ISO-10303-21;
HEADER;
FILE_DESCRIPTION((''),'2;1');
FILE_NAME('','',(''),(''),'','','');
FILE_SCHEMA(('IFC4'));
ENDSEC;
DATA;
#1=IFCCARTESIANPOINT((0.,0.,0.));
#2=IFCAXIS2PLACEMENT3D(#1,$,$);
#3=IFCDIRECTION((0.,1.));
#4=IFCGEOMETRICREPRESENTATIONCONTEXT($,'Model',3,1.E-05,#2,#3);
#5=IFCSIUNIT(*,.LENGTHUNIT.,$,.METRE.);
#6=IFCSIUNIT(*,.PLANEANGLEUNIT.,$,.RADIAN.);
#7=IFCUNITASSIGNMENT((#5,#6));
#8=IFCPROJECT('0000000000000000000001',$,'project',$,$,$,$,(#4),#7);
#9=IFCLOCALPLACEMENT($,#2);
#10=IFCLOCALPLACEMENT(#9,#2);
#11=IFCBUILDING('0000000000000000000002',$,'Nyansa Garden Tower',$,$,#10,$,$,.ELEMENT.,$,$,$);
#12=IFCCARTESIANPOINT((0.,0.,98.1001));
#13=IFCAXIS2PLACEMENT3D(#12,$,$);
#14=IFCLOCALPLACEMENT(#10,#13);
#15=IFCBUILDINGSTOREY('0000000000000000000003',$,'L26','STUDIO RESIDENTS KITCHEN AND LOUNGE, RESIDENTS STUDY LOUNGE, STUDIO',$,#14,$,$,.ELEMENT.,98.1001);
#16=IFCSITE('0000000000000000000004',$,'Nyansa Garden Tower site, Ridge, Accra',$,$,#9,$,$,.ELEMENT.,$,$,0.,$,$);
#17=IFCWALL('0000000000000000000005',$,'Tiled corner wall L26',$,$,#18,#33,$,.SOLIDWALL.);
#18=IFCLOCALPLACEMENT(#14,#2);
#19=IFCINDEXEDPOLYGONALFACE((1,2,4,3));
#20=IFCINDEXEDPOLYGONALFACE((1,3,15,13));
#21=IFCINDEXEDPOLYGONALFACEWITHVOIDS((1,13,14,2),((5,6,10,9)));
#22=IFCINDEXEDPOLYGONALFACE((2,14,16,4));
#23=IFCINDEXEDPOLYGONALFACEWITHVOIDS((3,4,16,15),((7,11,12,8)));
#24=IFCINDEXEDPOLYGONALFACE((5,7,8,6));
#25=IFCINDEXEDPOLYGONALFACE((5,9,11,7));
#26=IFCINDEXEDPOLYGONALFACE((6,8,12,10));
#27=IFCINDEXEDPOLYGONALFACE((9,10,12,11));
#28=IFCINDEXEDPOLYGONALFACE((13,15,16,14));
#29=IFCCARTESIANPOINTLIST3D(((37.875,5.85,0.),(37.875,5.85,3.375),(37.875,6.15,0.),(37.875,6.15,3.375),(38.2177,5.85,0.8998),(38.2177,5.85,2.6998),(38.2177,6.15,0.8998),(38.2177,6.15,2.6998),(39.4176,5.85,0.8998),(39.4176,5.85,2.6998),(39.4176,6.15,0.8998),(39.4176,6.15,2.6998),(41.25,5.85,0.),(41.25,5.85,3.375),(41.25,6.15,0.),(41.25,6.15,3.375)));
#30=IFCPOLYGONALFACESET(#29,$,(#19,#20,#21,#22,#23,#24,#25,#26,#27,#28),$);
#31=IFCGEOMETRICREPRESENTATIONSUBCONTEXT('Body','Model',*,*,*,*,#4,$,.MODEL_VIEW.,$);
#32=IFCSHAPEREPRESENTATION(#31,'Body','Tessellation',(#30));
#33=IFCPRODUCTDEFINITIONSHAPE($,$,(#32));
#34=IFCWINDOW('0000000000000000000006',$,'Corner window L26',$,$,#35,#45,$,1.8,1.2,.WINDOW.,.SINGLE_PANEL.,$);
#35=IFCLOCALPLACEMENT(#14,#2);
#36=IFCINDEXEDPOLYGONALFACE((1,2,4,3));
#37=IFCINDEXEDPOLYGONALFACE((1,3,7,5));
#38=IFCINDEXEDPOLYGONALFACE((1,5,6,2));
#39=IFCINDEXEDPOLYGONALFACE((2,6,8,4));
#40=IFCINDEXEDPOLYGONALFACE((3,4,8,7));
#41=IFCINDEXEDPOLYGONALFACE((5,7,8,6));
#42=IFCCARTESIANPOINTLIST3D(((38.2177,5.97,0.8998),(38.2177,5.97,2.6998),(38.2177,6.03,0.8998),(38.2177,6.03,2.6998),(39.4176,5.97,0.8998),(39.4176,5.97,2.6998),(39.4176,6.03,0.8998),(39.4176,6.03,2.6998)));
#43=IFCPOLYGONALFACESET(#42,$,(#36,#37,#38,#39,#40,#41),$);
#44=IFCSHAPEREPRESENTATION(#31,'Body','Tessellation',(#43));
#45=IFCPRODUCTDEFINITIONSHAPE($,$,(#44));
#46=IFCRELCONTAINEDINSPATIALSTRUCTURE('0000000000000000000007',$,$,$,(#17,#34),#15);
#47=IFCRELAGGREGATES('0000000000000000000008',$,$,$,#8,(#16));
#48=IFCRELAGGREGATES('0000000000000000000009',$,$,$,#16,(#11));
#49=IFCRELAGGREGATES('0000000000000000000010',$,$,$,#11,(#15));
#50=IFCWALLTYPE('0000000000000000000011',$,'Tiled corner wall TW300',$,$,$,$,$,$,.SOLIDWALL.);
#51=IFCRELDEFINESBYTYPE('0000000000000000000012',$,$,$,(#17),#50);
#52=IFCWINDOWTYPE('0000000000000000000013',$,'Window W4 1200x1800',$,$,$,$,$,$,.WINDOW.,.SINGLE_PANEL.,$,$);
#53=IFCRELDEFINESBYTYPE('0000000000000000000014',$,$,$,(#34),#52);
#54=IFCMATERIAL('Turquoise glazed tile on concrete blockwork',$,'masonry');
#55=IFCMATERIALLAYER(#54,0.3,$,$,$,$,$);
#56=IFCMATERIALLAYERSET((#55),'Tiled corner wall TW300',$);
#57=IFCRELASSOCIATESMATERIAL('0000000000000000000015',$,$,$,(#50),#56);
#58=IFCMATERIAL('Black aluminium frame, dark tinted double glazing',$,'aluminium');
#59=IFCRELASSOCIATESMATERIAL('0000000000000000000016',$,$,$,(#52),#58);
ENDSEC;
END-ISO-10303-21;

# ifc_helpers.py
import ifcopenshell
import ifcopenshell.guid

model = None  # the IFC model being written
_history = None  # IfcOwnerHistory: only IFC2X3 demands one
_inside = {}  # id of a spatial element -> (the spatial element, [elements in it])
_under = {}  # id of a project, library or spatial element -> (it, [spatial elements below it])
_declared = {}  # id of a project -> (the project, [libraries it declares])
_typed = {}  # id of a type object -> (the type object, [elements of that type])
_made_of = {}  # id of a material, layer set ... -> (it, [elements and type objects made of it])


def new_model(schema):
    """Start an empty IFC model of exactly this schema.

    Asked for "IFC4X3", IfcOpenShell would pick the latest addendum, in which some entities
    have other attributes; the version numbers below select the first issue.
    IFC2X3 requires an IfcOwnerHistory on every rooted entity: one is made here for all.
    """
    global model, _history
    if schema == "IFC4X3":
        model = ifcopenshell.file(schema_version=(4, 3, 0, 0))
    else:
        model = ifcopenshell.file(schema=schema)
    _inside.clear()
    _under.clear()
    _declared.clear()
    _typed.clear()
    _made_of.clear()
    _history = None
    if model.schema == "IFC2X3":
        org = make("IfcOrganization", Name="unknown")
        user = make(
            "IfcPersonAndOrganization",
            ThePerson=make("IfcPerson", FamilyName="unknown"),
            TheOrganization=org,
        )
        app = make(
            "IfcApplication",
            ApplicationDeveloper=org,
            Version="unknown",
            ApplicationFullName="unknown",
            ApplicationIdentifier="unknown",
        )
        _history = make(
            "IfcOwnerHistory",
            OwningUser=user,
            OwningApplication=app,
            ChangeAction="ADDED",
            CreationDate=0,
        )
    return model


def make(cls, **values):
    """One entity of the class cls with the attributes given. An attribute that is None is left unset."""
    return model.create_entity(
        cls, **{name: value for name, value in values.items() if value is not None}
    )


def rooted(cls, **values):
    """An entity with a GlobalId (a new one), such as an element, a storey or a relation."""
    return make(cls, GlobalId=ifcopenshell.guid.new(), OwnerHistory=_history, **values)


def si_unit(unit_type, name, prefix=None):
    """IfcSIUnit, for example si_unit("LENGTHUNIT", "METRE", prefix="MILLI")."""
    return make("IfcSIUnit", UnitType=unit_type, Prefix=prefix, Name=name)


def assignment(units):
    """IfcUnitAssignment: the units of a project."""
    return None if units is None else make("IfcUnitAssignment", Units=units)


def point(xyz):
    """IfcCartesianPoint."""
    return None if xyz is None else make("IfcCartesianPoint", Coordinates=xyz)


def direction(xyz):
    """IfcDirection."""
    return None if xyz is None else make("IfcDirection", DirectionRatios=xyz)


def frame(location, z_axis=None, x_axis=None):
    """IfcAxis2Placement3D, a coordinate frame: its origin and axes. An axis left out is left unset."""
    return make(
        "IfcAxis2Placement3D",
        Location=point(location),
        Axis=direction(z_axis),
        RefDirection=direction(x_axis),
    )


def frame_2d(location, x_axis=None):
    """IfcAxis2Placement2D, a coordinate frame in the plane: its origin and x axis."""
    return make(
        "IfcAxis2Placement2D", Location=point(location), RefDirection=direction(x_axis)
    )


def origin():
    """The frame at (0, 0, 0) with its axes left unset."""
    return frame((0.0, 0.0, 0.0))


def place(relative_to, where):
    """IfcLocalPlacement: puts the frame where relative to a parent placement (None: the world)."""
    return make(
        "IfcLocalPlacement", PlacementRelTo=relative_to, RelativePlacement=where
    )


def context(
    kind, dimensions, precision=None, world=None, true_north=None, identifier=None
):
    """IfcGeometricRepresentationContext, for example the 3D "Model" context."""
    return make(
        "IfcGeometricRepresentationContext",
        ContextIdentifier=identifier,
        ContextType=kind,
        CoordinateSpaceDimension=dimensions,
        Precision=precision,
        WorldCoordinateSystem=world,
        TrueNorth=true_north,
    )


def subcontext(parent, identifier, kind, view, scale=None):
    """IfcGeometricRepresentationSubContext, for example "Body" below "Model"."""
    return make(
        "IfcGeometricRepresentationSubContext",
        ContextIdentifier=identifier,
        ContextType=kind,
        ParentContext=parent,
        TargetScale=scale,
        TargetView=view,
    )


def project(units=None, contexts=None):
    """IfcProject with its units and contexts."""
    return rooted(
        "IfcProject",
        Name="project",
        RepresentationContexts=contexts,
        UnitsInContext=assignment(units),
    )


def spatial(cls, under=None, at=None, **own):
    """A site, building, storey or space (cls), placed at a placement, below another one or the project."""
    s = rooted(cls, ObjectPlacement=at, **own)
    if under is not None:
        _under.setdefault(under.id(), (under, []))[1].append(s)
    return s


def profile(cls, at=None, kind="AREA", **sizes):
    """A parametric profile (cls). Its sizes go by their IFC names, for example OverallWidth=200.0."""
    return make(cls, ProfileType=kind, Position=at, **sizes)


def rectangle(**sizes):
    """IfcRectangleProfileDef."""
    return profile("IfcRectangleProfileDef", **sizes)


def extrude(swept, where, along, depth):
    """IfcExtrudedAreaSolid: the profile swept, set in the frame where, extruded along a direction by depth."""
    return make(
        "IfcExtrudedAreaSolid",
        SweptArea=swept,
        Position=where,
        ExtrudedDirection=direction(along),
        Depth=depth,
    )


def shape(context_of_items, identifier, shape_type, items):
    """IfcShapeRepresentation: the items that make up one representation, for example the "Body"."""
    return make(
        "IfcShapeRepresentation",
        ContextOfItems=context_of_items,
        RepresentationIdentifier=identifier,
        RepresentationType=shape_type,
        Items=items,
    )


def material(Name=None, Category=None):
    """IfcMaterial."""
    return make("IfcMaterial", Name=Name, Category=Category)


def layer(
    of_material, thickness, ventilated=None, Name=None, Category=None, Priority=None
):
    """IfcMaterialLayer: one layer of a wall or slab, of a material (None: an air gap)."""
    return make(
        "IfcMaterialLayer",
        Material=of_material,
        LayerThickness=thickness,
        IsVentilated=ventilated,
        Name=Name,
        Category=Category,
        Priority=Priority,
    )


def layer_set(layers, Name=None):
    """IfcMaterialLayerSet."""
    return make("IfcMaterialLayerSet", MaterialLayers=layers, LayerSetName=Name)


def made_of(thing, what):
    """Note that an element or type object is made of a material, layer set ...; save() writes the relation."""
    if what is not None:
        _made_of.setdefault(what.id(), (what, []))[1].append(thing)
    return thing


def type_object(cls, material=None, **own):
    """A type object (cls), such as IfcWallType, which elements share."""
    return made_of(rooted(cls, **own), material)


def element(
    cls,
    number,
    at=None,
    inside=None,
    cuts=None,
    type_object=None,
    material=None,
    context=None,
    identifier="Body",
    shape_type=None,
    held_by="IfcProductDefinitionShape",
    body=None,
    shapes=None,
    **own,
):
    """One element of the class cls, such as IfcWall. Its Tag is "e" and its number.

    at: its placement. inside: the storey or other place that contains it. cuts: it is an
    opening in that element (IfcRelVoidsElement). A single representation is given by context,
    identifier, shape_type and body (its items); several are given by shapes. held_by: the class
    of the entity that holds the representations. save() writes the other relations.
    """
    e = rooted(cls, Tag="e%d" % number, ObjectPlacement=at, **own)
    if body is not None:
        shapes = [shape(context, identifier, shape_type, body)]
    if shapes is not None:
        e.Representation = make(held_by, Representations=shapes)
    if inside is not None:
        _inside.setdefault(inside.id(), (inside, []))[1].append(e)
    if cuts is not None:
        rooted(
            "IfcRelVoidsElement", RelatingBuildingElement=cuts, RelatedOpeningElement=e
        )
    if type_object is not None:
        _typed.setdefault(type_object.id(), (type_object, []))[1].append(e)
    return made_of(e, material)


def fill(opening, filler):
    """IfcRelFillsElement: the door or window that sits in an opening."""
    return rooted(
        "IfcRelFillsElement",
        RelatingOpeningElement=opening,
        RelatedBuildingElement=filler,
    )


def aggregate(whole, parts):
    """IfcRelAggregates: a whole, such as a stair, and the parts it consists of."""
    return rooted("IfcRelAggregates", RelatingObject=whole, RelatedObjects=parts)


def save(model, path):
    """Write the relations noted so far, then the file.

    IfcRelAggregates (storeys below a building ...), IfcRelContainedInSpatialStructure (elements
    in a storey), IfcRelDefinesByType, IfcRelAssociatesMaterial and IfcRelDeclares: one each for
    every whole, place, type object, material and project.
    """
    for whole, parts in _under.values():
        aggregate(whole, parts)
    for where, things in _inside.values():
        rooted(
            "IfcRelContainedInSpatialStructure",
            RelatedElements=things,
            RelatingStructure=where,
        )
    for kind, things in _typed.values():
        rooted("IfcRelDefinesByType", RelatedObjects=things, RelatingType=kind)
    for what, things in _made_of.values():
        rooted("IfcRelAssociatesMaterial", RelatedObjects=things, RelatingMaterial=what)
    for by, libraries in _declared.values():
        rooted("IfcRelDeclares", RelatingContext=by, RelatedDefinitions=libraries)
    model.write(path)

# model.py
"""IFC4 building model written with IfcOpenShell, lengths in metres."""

from ifc_helpers import new_model, si_unit, direction, frame, frame_2d, origin, place, context, subcontext, project, spatial, rectangle, extrude, material, layer, layer_set, type_object, element, fill, save


model = new_model("IFC4")

# Units and contexts
model_context = context("Model", 3, precision=1e-05, world=origin(), true_north=direction((0.0, 1.0)))
body_context = subcontext(model_context, "Body", "Model", "MODEL_VIEW")
ifc_project = project(units=[si_unit("LENGTHUNIT", "METRE"), si_unit("PLANEANGLEUNIT", "RADIAN")], contexts=[model_context])

# Site, building, storey
site_placement = place(None, origin())
site = spatial("IfcSite", under=ifc_project, at=site_placement, Name="Nyansa Garden Tower site, Ridge, Accra", CompositionType="ELEMENT", RefElevation=0.0)
building_placement = place(site_placement, origin())
building = spatial("IfcBuilding", under=site, at=building_placement, Name="Nyansa Garden Tower", CompositionType="ELEMENT")
storey_placement = place(building_placement, frame((0.0, 0.0, 98.1001)))
storey = spatial("IfcBuildingStorey", under=building, at=storey_placement, Name="L26", Description="STUDIO RESIDENTS KITCHEN AND LOUNGE, RESIDENTS STUDY LOUNGE, STUDIO", CompositionType="ELEMENT", Elevation=98.1001)

# Wall, opening, window
ifc_material_1 = material(Name="Turquoise glazed tile on concrete blockwork", Category="masonry")
ifc_layer_1 = layer(ifc_material_1, 0.3)
ifc_layer_set_1 = layer_set([ifc_layer_1], Name="Tiled corner wall TW300")
wall_type = type_object("IfcWallType", Name="Tiled corner wall TW300", PredefinedType="SOLIDWALL", material=ifc_layer_set_1)
ifc_material_2 = material(Name="Black aluminium frame, dark tinted double glazing", Category="aluminium")
window_type_1 = type_object("IfcWindowType", Name="Window W4 1200x1800", PartitioningType="SINGLE_PANEL", PredefinedType="WINDOW", material=ifc_material_2)
wall_1_placement = place(storey_placement, frame((37.875, 6.0, 0.0), z_axis=(0.0, 0.0, 1.0), x_axis=(1.0, 0.0, 0.0)))
wall_1 = element("IfcWall", 1, at=wall_1_placement, inside=storey, type_object=wall_type, Name="Tiled corner wall L26", PredefinedType="SOLIDWALL", context=body_context, shape_type="SweptSolid", body=[
    extrude(rectangle(XDim=3.375, YDim=0.3, at=frame_2d((1.6875, 0.0))), origin(), (0.0, 0.0, 1.0), 3.375),
])
opening_1_placement = place(wall_1_placement, frame((0.3425, 0.0, 0.8999)))
opening_1 = element("IfcOpeningElement", 2, at=opening_1_placement, cuts=wall_1, PredefinedType="OPENING", context=body_context, shape_type="SweptSolid", body=[
    extrude(rectangle(XDim=1.2, YDim=1.8, at=frame_2d((0.6001, 0.8999))), frame((0.0, 0.1599, 0.0), z_axis=(0.0, -1.0, 0.0), x_axis=(1.0, 0.0, 0.0)), (0.0, 0.0, 1.0), 0.3201),
])
window_1_placement = place(opening_1_placement, origin())
window_1 = element("IfcWindow", 3, at=window_1_placement, inside=storey, type_object=window_type_1, Name="Corner window L26", OverallHeight=1.8, OverallWidth=1.2, PartitioningType="SINGLE_PANEL", PredefinedType="WINDOW", context=body_context, shape_type="SweptSolid", body=[
    extrude(rectangle(XDim=1.2, YDim=1.8, at=frame_2d((0.6001, 0.8999))), frame((0.0, 0.03, 0.0), z_axis=(0.0, -1.0, 0.0), x_axis=(1.0, 0.0, 0.0)), (0.0, 0.0, 1.0), 0.0601),
])
fill(opening_1, window_1)

save(model, "model.ifc")
